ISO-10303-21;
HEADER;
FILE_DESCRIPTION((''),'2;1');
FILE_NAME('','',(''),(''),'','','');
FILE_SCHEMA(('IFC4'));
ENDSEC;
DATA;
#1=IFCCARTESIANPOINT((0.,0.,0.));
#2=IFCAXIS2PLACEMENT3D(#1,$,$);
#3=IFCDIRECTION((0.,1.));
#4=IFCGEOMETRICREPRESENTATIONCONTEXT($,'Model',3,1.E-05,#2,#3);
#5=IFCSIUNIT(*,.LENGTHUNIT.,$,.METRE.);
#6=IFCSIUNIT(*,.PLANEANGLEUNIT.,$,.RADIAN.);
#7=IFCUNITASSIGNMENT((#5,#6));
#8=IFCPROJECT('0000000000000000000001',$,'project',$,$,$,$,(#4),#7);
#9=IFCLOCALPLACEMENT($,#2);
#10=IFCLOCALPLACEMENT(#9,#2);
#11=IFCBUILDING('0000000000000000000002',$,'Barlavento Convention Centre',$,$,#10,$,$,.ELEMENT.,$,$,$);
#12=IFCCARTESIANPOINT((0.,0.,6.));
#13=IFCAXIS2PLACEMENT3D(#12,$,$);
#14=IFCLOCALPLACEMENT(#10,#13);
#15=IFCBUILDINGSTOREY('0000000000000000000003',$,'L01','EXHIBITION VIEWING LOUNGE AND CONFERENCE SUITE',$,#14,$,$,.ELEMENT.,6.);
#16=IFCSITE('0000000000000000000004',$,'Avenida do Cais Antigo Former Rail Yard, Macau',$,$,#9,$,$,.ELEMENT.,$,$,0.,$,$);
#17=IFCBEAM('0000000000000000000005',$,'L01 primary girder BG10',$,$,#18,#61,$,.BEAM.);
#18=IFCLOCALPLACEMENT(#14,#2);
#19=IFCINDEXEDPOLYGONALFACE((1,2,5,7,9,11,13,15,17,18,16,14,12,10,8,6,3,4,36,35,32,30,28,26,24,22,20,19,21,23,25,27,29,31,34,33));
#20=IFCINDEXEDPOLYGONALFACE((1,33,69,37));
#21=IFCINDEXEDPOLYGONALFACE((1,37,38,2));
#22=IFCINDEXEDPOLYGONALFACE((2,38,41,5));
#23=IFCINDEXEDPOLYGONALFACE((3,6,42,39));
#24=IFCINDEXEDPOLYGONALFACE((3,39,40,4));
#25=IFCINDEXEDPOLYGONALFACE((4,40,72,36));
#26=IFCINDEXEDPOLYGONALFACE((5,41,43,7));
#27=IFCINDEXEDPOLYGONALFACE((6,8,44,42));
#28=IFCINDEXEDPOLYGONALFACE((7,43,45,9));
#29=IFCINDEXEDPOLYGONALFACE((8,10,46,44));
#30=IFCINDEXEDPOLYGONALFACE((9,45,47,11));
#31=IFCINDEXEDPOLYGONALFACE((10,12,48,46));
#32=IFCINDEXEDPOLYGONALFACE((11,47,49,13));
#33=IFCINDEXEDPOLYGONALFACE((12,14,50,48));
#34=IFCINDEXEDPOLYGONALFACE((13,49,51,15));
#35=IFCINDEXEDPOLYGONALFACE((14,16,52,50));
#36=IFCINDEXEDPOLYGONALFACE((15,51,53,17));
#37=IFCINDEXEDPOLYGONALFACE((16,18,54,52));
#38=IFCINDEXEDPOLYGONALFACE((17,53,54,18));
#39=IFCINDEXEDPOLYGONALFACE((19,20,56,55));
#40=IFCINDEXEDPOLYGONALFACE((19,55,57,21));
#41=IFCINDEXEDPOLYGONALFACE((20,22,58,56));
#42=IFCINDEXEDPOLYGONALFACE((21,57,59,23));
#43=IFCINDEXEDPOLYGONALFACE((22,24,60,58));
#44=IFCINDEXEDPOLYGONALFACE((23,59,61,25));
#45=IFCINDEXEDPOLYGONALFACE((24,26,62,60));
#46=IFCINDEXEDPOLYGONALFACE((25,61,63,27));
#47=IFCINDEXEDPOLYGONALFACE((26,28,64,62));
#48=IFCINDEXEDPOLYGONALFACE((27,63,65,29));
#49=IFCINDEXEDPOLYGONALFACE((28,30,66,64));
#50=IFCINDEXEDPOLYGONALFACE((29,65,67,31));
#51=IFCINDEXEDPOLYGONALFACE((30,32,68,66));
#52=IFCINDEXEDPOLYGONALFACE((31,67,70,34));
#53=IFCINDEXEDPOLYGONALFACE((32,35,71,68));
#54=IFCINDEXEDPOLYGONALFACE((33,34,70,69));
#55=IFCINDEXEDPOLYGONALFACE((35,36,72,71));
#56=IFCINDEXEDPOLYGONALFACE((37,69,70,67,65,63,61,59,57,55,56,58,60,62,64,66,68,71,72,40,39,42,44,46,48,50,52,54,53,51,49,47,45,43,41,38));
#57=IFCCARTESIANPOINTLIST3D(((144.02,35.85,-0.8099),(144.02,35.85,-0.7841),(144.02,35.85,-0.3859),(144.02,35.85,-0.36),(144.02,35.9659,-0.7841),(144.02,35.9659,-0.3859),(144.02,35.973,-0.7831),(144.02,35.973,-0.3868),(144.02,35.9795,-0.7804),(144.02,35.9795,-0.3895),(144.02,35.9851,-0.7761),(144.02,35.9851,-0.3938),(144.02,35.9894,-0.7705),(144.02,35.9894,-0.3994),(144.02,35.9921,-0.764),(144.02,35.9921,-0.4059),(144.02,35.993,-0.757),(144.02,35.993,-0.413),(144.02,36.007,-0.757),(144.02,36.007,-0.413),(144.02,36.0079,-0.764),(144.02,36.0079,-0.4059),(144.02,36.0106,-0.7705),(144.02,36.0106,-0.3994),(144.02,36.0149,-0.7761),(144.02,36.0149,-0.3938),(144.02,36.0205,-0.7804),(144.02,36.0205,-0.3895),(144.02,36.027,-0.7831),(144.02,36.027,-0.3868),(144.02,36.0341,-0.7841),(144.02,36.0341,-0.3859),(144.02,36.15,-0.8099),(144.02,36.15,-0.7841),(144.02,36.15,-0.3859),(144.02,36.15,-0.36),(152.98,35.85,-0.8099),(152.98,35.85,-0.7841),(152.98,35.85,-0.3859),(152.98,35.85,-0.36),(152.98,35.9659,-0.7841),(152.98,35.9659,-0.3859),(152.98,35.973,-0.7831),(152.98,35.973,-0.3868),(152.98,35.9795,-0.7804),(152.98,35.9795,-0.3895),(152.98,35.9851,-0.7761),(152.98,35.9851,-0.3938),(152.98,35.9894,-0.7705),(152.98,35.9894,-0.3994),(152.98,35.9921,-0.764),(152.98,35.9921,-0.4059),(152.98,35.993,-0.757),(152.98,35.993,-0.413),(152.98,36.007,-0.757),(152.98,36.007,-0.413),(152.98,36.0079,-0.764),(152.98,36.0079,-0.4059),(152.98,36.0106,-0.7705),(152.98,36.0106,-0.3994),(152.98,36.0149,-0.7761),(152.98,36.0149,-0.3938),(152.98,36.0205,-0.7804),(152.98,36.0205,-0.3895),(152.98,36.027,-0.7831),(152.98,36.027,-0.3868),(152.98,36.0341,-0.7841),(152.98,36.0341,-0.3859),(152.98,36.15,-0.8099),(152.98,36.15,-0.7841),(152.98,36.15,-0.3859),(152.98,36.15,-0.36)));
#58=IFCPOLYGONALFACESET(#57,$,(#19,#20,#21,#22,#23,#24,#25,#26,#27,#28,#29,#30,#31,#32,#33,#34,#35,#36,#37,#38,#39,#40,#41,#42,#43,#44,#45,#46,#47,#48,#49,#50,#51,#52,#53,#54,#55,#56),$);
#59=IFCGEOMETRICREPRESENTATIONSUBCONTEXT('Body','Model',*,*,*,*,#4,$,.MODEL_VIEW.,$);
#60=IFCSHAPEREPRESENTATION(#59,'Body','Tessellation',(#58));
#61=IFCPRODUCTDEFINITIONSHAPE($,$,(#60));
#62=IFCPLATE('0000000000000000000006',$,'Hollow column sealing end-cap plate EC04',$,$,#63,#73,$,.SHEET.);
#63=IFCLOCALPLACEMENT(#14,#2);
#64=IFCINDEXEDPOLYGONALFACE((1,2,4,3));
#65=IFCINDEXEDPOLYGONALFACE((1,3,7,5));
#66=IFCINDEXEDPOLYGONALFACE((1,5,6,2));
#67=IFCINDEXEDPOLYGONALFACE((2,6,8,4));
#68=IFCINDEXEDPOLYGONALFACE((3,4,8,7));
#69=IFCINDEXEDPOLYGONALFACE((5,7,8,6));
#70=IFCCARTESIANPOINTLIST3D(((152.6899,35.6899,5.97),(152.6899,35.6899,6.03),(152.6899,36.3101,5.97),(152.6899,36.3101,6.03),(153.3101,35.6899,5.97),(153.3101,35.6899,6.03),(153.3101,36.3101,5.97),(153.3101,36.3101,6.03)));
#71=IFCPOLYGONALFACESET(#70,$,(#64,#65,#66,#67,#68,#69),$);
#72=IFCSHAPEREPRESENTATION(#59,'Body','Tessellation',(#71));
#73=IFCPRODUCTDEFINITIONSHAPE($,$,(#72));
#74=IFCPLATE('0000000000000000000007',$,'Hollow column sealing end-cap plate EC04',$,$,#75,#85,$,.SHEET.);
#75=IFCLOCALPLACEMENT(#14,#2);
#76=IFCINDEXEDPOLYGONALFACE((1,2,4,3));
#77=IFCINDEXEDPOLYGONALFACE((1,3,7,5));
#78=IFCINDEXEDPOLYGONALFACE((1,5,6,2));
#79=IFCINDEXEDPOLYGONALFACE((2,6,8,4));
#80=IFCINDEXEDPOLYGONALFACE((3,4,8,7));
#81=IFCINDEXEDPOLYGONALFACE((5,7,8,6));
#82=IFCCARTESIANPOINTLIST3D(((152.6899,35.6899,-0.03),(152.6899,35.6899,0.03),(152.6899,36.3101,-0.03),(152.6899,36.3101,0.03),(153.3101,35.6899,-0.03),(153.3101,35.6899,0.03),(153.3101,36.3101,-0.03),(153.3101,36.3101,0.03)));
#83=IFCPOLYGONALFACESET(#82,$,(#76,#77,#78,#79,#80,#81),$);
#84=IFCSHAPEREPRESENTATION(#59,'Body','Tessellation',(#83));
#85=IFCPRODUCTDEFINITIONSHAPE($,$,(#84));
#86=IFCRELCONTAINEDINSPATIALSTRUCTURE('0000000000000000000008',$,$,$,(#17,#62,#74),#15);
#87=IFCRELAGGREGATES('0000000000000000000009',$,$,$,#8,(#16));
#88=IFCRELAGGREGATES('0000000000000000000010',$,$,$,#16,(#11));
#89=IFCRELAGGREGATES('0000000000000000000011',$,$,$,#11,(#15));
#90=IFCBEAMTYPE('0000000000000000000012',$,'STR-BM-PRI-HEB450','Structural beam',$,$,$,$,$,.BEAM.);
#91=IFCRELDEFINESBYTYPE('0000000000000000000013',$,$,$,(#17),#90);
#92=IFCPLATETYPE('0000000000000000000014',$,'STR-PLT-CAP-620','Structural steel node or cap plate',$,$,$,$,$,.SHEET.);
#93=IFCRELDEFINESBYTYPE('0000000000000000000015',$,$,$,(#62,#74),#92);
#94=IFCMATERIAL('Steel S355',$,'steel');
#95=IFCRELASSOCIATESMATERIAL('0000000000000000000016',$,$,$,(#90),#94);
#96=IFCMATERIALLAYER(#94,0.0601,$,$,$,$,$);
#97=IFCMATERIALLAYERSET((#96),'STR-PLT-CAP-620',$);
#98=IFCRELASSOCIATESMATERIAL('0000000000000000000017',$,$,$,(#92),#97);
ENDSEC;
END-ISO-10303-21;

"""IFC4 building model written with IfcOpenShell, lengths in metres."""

from ifc_helpers import new_model, si_unit, direction, frame, origin, origin_2d, place, context, subcontext, project, spatial, rectangle, i_section, extrude, material, layer, layer_set, material_profile, profile_set, type_object, element, save


model = new_model("IFC4")

# Units and contexts
model_context = context("Model", 3, precision=1e-05, world=origin(), true_north=direction((0.0, 1.0)))
body_context = subcontext(model_context, "Body", "Model", "MODEL_VIEW")
ifc_project = project(units=[si_unit("LENGTHUNIT", "METRE"), si_unit("PLANEANGLEUNIT", "RADIAN")], contexts=[model_context])

# Site, building, storey
site_placement = place(None, origin())
site = spatial("IfcSite", under=ifc_project, at=site_placement, Name="Avenida do Cais Antigo Former Rail Yard, Macau", CompositionType="ELEMENT", RefElevation=0.0)
building_placement = place(site_placement, origin())
building = spatial("IfcBuilding", under=site, at=building_placement, Name="Barlavento Convention Centre", CompositionType="ELEMENT")
storey_placement = place(building_placement, frame((0.0, 0.0, 6.0)))
storey = spatial("IfcBuildingStorey", under=building, at=storey_placement, Name="L01", Description="EXHIBITION VIEWING LOUNGE AND CONFERENCE SUITE", CompositionType="ELEMENT", Elevation=6.0)

# Shared definitions
ifc_material_1 = material(Name="Steel S355", Category="steel")

# Beam
ifc_material_profile_1 = material_profile(ifc_material_1, i_section(OverallWidth=0.3, OverallDepth=0.45, WebThickness=0.0139, FlangeThickness=0.0259, FilletRadius=0.0271, at=origin_2d()), Name="HEB 450")
ifc_profile_set_1 = profile_set([ifc_material_profile_1], Name="Steel S355")
beam_type_1 = type_object("IfcBeamType", Name="STR-BM-PRI-HEB450", Description="Structural beam", PredefinedType="BEAM", material=ifc_profile_set_1)
beam_1_placement = place(storey_placement, frame((144.02, 36.0, -0.585), z_axis=(1.0, 0.0, 0.0), x_axis=(0.0, 1.0, 0.0)))
element("IfcBeam", 1, at=beam_1_placement, inside=storey, type_object=beam_type_1, Name="L01 primary girder BG10", PredefinedType="BEAM", context=body_context, shape_type="SweptSolid", body=[
    extrude(i_section(OverallWidth=0.3, OverallDepth=0.45, WebThickness=0.0139, FlangeThickness=0.0259, FilletRadius=0.0271, at=origin_2d()), origin(), (0.0, 0.0, 1.0), 8.96),
])

# Plates
ifc_layer = layer(ifc_material_1, 0.0601)
ifc_layer_set = layer_set([ifc_layer], Name="STR-PLT-CAP-620")
plate_type = type_object("IfcPlateType", Name="STR-PLT-CAP-620", Description="Structural steel node or cap plate", PredefinedType="SHEET", material=ifc_layer_set)
for number, where, z_axis, x_axis, name in (
    (2, (153.0, 36.0, 5.97), (0.0, 0.0, 1.0), (1.0, 0.0, 0.0), "Hollow column sealing end-cap plate EC04"),
    (3, (153.0, 36.0, -0.03), (0.0, 0.0, 1.0), (1.0, 0.0, 0.0), "Hollow column sealing end-cap plate EC04"),
):
    element("IfcPlate", number, at=place(storey_placement, frame(where, z_axis=z_axis, x_axis=x_axis)), inside=storey, type_object=plate_type, Name=name, PredefinedType="SHEET", context=body_context, shape_type="SweptSolid", body=[
        extrude(rectangle(XDim=0.6201, YDim=0.6201, at=origin_2d()), origin(), (0.0, 0.0, 1.0), 0.0601),
    ])

save(model, "model.ifc")
